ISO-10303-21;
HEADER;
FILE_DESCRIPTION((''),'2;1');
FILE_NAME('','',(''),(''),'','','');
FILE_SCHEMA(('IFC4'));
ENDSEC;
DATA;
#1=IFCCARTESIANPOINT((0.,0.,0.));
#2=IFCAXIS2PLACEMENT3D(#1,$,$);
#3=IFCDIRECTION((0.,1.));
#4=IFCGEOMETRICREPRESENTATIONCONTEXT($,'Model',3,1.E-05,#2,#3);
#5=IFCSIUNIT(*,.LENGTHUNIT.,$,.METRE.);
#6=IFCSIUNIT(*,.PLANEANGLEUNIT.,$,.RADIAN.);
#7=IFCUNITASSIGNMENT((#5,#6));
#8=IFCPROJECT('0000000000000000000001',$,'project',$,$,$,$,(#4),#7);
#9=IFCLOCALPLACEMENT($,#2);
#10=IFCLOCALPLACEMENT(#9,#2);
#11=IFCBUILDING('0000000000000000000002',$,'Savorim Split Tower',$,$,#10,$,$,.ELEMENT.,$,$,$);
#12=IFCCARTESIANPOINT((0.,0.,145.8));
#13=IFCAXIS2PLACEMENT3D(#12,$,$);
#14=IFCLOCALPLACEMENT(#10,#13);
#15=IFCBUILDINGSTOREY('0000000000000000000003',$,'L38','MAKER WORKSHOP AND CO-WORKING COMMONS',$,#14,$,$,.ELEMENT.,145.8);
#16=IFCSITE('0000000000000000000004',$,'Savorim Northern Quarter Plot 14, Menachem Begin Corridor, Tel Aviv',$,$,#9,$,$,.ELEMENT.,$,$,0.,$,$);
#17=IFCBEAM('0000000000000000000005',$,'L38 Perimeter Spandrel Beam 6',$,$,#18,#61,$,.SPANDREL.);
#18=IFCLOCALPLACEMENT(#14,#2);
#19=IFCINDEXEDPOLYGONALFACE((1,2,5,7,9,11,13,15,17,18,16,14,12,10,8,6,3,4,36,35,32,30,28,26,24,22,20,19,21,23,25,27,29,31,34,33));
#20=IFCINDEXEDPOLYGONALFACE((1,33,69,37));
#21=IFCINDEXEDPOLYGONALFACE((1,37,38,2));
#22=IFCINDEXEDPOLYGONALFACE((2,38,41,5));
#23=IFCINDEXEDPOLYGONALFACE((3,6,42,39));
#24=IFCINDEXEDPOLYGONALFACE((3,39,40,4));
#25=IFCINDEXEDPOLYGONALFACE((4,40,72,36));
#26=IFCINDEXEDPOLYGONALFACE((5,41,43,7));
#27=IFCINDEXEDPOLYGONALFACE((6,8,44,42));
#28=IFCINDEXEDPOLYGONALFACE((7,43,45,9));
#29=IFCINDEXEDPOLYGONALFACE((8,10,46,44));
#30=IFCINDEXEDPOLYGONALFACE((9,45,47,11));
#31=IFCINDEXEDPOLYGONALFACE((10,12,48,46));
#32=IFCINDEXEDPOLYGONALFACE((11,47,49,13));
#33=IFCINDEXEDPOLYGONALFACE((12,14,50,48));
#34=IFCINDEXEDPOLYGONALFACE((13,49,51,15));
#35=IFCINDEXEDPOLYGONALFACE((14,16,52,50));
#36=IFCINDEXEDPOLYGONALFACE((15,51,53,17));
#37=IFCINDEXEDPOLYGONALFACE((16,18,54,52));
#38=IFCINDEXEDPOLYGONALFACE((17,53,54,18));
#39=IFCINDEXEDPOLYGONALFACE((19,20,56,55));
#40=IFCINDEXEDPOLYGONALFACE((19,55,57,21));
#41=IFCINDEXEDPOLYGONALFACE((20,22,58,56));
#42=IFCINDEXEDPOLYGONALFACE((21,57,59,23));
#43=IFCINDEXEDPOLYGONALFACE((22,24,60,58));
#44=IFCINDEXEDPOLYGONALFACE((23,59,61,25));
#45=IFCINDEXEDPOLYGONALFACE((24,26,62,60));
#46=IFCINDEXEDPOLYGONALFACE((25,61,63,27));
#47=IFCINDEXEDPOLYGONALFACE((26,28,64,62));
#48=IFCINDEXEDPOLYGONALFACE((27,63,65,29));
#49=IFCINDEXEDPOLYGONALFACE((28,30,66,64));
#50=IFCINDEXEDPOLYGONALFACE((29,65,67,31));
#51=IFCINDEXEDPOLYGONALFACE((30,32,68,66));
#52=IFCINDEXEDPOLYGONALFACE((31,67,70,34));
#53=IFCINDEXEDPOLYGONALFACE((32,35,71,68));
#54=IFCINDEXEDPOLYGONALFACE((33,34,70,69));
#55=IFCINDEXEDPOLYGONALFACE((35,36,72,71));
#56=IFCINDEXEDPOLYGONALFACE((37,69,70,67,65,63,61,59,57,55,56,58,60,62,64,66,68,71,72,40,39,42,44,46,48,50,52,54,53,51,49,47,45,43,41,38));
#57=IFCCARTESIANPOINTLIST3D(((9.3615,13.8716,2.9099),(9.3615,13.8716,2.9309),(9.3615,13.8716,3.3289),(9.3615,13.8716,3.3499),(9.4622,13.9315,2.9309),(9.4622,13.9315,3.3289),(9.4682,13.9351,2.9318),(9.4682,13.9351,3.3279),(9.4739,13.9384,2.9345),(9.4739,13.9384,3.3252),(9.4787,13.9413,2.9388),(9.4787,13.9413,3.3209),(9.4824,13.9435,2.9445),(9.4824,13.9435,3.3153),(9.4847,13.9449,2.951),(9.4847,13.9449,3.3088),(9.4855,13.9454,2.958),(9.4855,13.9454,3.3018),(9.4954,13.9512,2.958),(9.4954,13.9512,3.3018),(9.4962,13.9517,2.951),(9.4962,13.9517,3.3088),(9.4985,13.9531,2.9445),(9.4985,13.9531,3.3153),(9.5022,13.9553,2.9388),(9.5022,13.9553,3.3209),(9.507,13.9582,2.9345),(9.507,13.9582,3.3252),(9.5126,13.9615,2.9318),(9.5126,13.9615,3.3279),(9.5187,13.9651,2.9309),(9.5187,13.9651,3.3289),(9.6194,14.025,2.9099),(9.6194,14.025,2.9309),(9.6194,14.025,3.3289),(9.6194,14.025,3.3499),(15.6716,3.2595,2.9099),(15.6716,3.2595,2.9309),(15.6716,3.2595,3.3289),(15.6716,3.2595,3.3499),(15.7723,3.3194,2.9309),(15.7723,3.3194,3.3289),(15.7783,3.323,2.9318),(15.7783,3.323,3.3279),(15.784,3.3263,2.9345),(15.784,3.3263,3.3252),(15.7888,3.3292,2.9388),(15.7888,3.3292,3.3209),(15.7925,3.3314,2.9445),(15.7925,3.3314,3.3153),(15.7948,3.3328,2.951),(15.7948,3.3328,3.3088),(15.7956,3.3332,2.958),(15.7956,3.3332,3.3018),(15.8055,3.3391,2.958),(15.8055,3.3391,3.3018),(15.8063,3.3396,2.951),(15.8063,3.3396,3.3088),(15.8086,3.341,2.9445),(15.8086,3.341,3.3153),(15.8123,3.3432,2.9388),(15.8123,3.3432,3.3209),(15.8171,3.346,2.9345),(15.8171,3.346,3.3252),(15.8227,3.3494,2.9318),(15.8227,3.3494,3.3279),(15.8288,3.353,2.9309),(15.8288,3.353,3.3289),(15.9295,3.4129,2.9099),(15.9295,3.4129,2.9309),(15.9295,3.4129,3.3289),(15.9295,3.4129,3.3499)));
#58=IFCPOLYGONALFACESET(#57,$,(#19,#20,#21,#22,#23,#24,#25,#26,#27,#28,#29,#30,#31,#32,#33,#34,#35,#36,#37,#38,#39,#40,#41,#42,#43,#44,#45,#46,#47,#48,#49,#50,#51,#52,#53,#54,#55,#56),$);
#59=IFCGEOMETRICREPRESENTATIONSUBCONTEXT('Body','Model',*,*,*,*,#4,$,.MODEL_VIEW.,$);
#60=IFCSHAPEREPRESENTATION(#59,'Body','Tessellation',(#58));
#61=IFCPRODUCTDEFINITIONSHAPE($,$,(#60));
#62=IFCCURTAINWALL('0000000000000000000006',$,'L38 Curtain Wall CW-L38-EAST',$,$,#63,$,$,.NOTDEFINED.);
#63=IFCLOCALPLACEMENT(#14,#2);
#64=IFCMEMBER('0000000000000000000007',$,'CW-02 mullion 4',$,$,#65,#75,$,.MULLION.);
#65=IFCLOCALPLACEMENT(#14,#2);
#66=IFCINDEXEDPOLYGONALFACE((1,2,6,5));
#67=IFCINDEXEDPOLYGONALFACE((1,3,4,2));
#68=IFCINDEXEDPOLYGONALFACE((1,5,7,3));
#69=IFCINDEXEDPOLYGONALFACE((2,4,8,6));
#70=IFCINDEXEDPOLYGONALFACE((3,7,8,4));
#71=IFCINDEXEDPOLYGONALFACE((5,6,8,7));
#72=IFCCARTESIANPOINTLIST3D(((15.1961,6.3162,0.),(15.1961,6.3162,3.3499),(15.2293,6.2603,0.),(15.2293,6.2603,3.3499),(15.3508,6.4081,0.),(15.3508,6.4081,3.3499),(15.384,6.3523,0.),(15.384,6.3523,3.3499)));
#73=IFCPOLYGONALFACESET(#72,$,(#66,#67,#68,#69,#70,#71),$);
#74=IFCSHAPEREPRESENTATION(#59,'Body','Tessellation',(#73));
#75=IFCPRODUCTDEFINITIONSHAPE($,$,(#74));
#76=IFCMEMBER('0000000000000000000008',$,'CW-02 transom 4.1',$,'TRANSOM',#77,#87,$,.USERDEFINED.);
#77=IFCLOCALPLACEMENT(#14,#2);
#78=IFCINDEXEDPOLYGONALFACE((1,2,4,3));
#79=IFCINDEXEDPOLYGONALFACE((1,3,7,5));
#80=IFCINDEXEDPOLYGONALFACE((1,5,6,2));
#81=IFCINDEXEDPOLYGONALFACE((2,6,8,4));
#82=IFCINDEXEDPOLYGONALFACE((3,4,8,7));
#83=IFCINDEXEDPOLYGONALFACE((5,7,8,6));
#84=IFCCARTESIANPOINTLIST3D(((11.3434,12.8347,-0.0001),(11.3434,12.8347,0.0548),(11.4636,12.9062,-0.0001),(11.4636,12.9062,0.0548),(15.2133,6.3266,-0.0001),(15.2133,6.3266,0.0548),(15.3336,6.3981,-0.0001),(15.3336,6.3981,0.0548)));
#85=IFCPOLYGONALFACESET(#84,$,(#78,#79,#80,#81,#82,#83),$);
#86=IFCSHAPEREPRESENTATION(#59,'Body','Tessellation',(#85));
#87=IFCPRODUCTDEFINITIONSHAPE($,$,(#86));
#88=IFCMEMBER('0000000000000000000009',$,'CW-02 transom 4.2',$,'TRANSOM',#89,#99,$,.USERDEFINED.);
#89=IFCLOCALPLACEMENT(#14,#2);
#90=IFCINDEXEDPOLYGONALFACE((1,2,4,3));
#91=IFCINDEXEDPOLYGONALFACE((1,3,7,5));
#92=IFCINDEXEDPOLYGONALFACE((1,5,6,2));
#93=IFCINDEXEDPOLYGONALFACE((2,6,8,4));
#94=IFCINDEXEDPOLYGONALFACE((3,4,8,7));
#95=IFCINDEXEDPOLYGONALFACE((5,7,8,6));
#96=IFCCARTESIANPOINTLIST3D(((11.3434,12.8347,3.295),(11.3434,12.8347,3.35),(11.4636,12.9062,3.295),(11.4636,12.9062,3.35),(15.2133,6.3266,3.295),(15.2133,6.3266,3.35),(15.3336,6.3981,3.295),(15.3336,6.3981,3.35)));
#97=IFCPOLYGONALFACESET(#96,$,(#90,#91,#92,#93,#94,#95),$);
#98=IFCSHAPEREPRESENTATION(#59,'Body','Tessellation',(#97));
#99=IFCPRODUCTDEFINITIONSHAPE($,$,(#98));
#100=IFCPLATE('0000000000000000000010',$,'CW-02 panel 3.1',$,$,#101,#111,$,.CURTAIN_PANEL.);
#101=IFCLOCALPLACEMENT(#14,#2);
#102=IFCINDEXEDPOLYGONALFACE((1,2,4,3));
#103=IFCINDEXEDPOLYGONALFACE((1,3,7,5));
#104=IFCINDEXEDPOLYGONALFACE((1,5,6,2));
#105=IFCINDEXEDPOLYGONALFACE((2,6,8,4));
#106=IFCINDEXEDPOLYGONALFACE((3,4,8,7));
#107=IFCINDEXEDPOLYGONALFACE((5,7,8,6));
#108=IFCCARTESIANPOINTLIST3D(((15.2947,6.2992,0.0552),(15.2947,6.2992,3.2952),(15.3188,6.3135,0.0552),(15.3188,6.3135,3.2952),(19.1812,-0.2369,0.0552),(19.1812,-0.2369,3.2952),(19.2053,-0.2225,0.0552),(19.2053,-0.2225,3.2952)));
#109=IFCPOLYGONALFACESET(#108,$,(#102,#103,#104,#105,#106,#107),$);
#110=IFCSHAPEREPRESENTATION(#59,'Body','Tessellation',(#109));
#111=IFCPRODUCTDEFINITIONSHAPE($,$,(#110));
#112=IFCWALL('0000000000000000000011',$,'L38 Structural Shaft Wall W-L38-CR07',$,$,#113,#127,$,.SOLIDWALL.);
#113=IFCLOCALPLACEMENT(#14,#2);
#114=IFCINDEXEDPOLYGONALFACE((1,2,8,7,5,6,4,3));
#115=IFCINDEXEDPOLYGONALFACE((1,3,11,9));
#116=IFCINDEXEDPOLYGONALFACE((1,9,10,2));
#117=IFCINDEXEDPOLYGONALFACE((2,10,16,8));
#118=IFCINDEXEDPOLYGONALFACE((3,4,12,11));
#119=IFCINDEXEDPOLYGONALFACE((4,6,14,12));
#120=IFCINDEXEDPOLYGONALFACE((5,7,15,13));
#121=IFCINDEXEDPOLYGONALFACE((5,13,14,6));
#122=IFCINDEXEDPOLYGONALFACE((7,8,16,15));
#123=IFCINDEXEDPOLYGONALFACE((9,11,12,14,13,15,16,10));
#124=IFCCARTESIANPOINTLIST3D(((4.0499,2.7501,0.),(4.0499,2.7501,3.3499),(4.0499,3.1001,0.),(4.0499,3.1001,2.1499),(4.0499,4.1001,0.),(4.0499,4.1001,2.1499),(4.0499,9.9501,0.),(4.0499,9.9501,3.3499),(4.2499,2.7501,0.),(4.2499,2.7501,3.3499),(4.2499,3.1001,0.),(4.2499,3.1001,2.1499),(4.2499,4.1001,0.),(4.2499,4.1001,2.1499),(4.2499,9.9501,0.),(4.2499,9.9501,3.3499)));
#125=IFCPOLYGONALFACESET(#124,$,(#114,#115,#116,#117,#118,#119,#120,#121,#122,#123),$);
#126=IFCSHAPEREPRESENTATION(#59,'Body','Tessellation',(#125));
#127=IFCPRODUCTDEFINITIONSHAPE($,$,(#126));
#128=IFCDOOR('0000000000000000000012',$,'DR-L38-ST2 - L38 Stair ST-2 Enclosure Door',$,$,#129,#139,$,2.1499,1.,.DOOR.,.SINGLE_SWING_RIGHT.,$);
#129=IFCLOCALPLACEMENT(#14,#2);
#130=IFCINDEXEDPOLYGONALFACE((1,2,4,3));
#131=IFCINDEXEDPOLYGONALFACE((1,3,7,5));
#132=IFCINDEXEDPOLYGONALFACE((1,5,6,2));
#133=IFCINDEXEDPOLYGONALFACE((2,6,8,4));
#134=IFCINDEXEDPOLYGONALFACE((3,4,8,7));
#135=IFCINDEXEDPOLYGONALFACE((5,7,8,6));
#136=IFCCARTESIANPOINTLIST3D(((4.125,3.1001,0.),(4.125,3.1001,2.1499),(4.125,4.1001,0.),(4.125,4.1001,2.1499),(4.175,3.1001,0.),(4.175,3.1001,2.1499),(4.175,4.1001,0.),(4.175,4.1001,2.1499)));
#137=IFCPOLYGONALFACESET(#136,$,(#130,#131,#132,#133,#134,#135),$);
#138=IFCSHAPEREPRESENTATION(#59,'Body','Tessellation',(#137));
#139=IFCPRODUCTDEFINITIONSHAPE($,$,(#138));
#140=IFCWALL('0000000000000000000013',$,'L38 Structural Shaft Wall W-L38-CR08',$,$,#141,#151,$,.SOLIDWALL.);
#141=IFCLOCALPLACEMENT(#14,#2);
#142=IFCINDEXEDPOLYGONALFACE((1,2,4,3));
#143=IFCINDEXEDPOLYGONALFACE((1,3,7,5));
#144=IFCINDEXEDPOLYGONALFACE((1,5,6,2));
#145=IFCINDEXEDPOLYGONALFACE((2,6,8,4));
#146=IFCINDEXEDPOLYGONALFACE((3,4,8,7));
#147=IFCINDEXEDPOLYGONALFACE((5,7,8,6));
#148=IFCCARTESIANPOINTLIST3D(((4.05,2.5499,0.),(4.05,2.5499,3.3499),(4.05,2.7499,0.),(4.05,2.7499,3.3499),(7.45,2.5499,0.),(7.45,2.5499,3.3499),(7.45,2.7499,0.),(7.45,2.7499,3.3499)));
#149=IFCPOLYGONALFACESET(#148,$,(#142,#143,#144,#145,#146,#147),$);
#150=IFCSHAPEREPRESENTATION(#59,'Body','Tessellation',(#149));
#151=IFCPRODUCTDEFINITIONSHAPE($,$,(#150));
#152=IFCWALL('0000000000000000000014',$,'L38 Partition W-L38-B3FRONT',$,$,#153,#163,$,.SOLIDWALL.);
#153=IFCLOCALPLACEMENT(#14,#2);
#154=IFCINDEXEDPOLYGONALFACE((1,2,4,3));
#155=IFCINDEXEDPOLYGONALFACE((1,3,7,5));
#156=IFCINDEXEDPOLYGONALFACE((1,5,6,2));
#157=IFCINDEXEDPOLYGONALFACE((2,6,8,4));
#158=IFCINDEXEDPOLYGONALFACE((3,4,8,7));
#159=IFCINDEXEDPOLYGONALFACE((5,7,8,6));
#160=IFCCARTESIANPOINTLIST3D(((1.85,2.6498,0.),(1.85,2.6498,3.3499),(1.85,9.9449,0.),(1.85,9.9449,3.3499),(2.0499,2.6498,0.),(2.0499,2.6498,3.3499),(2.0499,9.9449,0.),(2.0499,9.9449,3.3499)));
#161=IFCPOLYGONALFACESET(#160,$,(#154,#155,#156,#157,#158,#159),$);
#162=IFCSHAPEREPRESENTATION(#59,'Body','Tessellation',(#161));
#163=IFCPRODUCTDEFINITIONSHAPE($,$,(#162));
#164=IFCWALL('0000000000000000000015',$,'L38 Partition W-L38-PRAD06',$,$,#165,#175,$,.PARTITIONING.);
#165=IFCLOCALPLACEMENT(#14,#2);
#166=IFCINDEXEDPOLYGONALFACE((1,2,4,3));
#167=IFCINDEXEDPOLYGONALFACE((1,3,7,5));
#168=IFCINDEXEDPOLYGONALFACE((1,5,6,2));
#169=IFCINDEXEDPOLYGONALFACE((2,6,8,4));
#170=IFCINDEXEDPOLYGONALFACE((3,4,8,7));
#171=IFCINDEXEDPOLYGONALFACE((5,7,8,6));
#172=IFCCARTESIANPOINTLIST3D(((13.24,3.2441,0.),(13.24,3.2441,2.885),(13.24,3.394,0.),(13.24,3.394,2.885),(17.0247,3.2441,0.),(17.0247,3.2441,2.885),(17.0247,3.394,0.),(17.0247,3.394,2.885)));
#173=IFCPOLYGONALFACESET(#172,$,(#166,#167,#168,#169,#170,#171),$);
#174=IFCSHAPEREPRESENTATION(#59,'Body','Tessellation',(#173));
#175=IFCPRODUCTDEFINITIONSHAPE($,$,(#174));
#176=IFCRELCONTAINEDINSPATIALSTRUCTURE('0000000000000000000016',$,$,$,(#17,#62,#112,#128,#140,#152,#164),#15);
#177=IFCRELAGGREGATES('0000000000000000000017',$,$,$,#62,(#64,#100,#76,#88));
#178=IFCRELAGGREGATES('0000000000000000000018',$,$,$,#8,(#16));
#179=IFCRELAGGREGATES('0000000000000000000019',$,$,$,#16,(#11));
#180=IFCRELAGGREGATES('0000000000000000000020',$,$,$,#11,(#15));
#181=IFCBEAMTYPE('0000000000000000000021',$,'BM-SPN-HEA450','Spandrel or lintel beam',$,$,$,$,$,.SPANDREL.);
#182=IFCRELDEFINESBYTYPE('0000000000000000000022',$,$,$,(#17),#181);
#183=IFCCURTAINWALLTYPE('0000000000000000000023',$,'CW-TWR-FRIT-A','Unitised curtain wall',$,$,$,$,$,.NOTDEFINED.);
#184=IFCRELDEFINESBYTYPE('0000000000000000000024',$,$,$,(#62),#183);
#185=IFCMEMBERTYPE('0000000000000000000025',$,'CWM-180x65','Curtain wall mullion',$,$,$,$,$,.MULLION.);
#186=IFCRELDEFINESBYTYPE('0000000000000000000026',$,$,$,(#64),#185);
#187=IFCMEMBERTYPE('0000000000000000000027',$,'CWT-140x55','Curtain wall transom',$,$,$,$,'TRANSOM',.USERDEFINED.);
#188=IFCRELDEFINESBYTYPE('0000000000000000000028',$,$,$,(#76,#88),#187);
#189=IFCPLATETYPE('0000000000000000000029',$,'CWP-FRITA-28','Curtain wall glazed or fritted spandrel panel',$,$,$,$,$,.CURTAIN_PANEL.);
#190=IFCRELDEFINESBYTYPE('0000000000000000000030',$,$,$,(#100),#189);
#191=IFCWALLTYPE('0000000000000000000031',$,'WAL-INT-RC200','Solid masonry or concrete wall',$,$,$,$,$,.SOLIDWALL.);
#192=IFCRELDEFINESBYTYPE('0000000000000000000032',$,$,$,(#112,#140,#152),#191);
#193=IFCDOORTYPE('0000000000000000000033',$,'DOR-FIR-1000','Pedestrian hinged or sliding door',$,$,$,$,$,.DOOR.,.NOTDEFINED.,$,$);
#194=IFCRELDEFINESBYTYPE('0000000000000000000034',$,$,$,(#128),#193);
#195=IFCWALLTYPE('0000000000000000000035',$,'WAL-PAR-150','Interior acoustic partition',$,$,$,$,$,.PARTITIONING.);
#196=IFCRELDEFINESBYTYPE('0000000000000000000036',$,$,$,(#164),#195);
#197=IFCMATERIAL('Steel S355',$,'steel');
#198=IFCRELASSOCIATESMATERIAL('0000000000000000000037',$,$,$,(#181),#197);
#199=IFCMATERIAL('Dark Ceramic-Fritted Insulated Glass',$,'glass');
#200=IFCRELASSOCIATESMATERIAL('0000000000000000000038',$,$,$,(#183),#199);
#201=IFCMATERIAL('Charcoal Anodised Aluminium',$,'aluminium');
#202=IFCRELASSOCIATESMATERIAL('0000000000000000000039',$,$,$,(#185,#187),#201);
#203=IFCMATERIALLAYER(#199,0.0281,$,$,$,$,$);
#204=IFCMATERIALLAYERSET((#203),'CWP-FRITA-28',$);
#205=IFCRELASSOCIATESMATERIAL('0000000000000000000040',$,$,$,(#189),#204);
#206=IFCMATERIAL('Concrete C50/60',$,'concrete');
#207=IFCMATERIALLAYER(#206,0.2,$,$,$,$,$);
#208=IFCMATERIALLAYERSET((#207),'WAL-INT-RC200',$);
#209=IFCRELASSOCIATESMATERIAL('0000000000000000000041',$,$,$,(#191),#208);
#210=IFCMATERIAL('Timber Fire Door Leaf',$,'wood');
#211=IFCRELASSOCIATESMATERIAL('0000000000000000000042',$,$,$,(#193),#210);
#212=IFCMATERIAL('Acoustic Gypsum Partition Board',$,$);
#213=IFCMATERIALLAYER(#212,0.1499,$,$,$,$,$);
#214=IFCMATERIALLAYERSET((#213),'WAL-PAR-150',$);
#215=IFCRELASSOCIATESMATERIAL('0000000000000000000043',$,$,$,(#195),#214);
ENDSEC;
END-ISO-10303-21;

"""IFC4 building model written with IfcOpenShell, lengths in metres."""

from ifc_helpers import new_model, si_unit, direction, frame, frame_2d, origin, origin_2d, place, context, subcontext, project, spatial, rectangle, i_section, extrude, material, layer, layer_set, material_profile, profile_set, type_object, element, fill, aggregate, save


model = new_model("IFC4")

# Units and contexts
model_context = context("Model", 3, precision=1e-05, world=origin(), true_north=direction((0.0, 1.0)))
body_context = subcontext(model_context, "Body", "Model", "MODEL_VIEW")
ifc_project = project(units=[si_unit("LENGTHUNIT", "METRE"), si_unit("PLANEANGLEUNIT", "RADIAN")], contexts=[model_context])

# Site, building, storey
site_placement = place(None, origin())
site = spatial("IfcSite", under=ifc_project, at=site_placement, Name="Savorim Northern Quarter Plot 14, Menachem Begin Corridor, Tel Aviv", CompositionType="ELEMENT", RefElevation=0.0)
building_placement = place(site_placement, origin())
building = spatial("IfcBuilding", under=site, at=building_placement, Name="Savorim Split Tower", CompositionType="ELEMENT")
storey_placement = place(building_placement, frame((0.0, 0.0, 145.8)))
storey = spatial("IfcBuildingStorey", under=building, at=storey_placement, Name="L38", Description="MAKER WORKSHOP AND CO-WORKING COMMONS", CompositionType="ELEMENT", Elevation=145.8)

# Beam
ifc_material_1 = material(Name="Steel S355", Category="steel")
ifc_material_profile_1 = material_profile(ifc_material_1, i_section(OverallWidth=0.3, OverallDepth=0.4399, WebThickness=0.0115, FlangeThickness=0.021, FilletRadius=0.0271, at=origin_2d()), Name="HEA 450")
ifc_profile_set_1 = profile_set([ifc_material_profile_1], Name="Steel S355")
beam_type_1 = type_object("IfcBeamType", Name="BM-SPN-HEA450", Description="Spandrel or lintel beam", PredefinedType="SPANDREL", material=ifc_profile_set_1)
beam_1_placement = place(storey_placement, frame((15.8005, 3.3362, 3.1299), z_axis=(-0.511086, 0.859529, 0.0), x_axis=(-0.859529, -0.511086, 0.0)))
element("IfcBeam", 1, at=beam_1_placement, inside=storey, type_object=beam_type_1, Name="L38 Perimeter Spandrel Beam 6", PredefinedType="SPANDREL", context=body_context, shape_type="SweptSolid", body=[
    extrude(i_section(OverallWidth=0.3, OverallDepth=0.4399, WebThickness=0.0115, FlangeThickness=0.021, FilletRadius=0.0271, at=origin_2d()), origin(), (0.0, 0.0, 1.0), 12.3464),
])

# Curtain wall, members, plate
ifc_material_2 = material(Name="Dark Ceramic-Fritted Insulated Glass", Category="glass")
curtain_wall_type = type_object("IfcCurtainWallType", Name="CW-TWR-FRIT-A", Description="Unitised curtain wall", PredefinedType="NOTDEFINED", material=ifc_material_2)
curtain_wall_placement = place(storey_placement, origin())
curtain_wall = element("IfcCurtainWall", 2, at=curtain_wall_placement, inside=storey, type_object=curtain_wall_type, Name="L38 Curtain Wall CW-L38-EAST", PredefinedType="NOTDEFINED")
ifc_material_3 = material(Name="Charcoal Anodised Aluminium", Category="aluminium")
ifc_material_profile_2 = material_profile(ifc_material_3, rectangle(XDim=0.1799, YDim=0.0649, at=origin_2d()), Name="ALU-M 180x65")
ifc_profile_set_2 = profile_set([ifc_material_profile_2], Name="Charcoal Anodised Aluminium")
member_type_1 = type_object("IfcMemberType", Name="CWM-180x65", Description="Curtain wall mullion", PredefinedType="MULLION", material=ifc_profile_set_2)
member_1_placement = place(storey_placement, frame((15.29, 6.3342, 0.0), z_axis=(0.0, 0.0, 1.0), x_axis=(-0.859526, -0.511091, 0.0)))
member_1 = element("IfcMember", 3, at=member_1_placement, type_object=member_type_1, Name="CW-02 mullion 4", PredefinedType="MULLION", context=body_context, shape_type="SweptSolid", body=[
    extrude(rectangle(XDim=0.1799, YDim=0.0649, at=origin_2d()), origin(), (0.0, 0.0, 1.0), 3.3499),
])
ifc_material_profile_3 = material_profile(ifc_material_3, rectangle(XDim=0.1399, YDim=0.0549, at=origin_2d()), Name="ALU-T 140x55")
ifc_profile_set_3 = profile_set([ifc_material_profile_3], Name="Charcoal Anodised Aluminium")
member_type_2 = type_object("IfcMemberType", Name="CWT-140x55", Description="Curtain wall transom", ElementType="TRANSOM", PredefinedType="USERDEFINED", material=ifc_profile_set_3)
member_2_placement = place(storey_placement, frame((15.2734, 6.3623, 0.0273), z_axis=(-0.511097, 0.859523, 0.0), x_axis=(-0.859523, -0.511097, 0.0)))
member_2 = element("IfcMember", 4, at=member_2_placement, type_object=member_type_2, Name="CW-02 transom 4.1", ObjectType="TRANSOM", PredefinedType="USERDEFINED", context=body_context, shape_type="SweptSolid", body=[
    extrude(rectangle(XDim=0.1399, YDim=0.0549, at=origin_2d()), origin(), (0.0, 0.0, 1.0), 7.5718),
])
member_3_placement = place(storey_placement, frame((15.2734, 6.3623, 3.3225), z_axis=(-0.511097, 0.859523, 0.0), x_axis=(-0.859523, -0.511097, 0.0)))
member_3 = element("IfcMember", 5, at=member_3_placement, type_object=member_type_2, Name="CW-02 transom 4.2", ObjectType="TRANSOM", PredefinedType="USERDEFINED", context=body_context, shape_type="SweptSolid", body=[
    extrude(rectangle(XDim=0.1399, YDim=0.0549, at=origin_2d()), origin(), (0.0, 0.0, 1.0), 7.5718),
])
ifc_layer_1 = layer(ifc_material_2, 0.0281)
ifc_layer_set_1 = layer_set([ifc_layer_1], Name="CWP-FRITA-28")
plate_type = type_object("IfcPlateType", Name="CWP-FRITA-28", Description="Curtain wall glazed or fritted spandrel panel", PredefinedType="CURTAIN_PANEL", material=ifc_layer_set_1)
plate_placement = place(storey_placement, frame((17.25, 3.0383, 0.0552), z_axis=(0.0, 0.0, 1.0), x_axis=(-0.511091, 0.859526, 0.0)))
plate = element("IfcPlate", 6, at=plate_placement, type_object=plate_type, Name="CW-02 panel 3.1", PredefinedType="CURTAIN_PANEL", context=body_context, shape_type="SweptSolid", body=[
    extrude(rectangle(XDim=7.6042, YDim=0.0281, at=origin_2d()), origin(), (0.0, 0.0, 1.0), 3.24),
])
aggregate(curtain_wall, [member_1, plate, member_2, member_3])

# Wall, opening, door
ifc_material_4 = material(Name="Concrete C50/60", Category="concrete")
ifc_layer_2 = layer(ifc_material_4, 0.2)
ifc_layer_set_2 = layer_set([ifc_layer_2], Name="WAL-INT-RC200")
wall_type_1 = type_object("IfcWallType", Name="WAL-INT-RC200", Description="Solid masonry or concrete wall", PredefinedType="SOLIDWALL", material=ifc_layer_set_2)
wall_1_placement = place(storey_placement, frame((4.1499, 2.75, 0.0), z_axis=(0.0, 0.0, 1.0), x_axis=(0.0, 1.0, 0.0)))
wall_1 = element("IfcWall", 7, at=wall_1_placement, inside=storey, type_object=wall_type_1, Name="L38 Structural Shaft Wall W-L38-CR07", PredefinedType="SOLIDWALL", context=body_context, shape_type="SweptSolid", body=[
    extrude(rectangle(XDim=7.2, YDim=0.2, at=frame_2d((3.6001, 0.0))), origin(), (0.0, 0.0, 1.0), 3.3499),
])
opening_placement = place(wall_1_placement, frame((0.3501, 0.0, 0.0)))
opening = element("IfcOpeningElement", 8, at=opening_placement, cuts=wall_1, PredefinedType="OPENING", context=body_context, shape_type="SweptSolid", body=[
    extrude(rectangle(XDim=1.0, YDim=2.1499, at=frame_2d((0.5, 1.075))), frame((0.0, 0.1099, 0.0), z_axis=(0.0, -1.0, 0.0), x_axis=(1.0, 0.0, 0.0)), (0.0, 0.0, 1.0), 0.22),
])
ifc_material_5 = material(Name="Timber Fire Door Leaf", Category="wood")
door_type = type_object("IfcDoorType", Name="DOR-FIR-1000", Description="Pedestrian hinged or sliding door", OperationType="NOTDEFINED", PredefinedType="DOOR", material=ifc_material_5)
door_placement = place(opening_placement, origin())
door = element("IfcDoor", 9, at=door_placement, inside=storey, type_object=door_type, Name="DR-L38-ST2 - L38 Stair ST-2 Enclosure Door", OperationType="SINGLE_SWING_RIGHT", OverallHeight=2.1499, OverallWidth=1.0, PredefinedType="DOOR", context=body_context, shape_type="SweptSolid", body=[
    extrude(rectangle(XDim=1.0, YDim=2.1499, at=frame_2d((0.5, 1.075))), frame((0.0, 0.0249, 0.0), z_axis=(0.0, -1.0, 0.0), x_axis=(1.0, 0.0, 0.0)), (0.0, 0.0, 1.0), 0.05),
])
fill(opening, door)

# Walls
wall_2_placement = place(storey_placement, frame((4.05, 2.6499, 0.0), z_axis=(0.0, 0.0, 1.0), x_axis=(1.0, 0.0, 0.0)))
element("IfcWall", 10, at=wall_2_placement, inside=storey, type_object=wall_type_1, Name="L38 Structural Shaft Wall W-L38-CR08", PredefinedType="SOLIDWALL", context=body_context, shape_type="SweptSolid", body=[
    extrude(rectangle(XDim=3.3999, YDim=0.2, at=frame_2d((1.7, 0.0))), origin(), (0.0, 0.0, 1.0), 3.3499),
])
wall_3_placement = place(storey_placement, frame((1.95, 2.6499, 0.0), z_axis=(0.0, 0.0, 1.0), x_axis=(0.0, 1.0, 0.0)))
element("IfcWall", 11, at=wall_3_placement, inside=storey, type_object=wall_type_1, Name="L38 Partition W-L38-B3FRONT", PredefinedType="SOLIDWALL", context=body_context, shape_type="SweptSolid", body=[
    extrude(rectangle(XDim=7.2952, YDim=0.2, at=frame_2d((3.6475, 0.0))), origin(), (0.0, 0.0, 1.0), 3.3499),
])
ifc_material_6 = material(Name="Acoustic Gypsum Partition Board")
ifc_layer_3 = layer(ifc_material_6, 0.1499)
ifc_layer_set_3 = layer_set([ifc_layer_3], Name="WAL-PAR-150")
wall_type_2 = type_object("IfcWallType", Name="WAL-PAR-150", Description="Interior acoustic partition", PredefinedType="PARTITIONING", material=ifc_layer_set_3)
wall_4_placement = place(storey_placement, frame((13.24, 3.3191, 0.0), z_axis=(0.0, 0.0, 1.0), x_axis=(1.0, 0.0, 0.0)))
element("IfcWall", 12, at=wall_4_placement, inside=storey, type_object=wall_type_2, Name="L38 Partition W-L38-PRAD06", PredefinedType="PARTITIONING", context=body_context, shape_type="SweptSolid", body=[
    extrude(rectangle(XDim=3.7847, YDim=0.1499, at=frame_2d((1.8923, 0.0))), origin(), (0.0, 0.0, 1.0), 2.885),
])

save(model, "model.ifc")
